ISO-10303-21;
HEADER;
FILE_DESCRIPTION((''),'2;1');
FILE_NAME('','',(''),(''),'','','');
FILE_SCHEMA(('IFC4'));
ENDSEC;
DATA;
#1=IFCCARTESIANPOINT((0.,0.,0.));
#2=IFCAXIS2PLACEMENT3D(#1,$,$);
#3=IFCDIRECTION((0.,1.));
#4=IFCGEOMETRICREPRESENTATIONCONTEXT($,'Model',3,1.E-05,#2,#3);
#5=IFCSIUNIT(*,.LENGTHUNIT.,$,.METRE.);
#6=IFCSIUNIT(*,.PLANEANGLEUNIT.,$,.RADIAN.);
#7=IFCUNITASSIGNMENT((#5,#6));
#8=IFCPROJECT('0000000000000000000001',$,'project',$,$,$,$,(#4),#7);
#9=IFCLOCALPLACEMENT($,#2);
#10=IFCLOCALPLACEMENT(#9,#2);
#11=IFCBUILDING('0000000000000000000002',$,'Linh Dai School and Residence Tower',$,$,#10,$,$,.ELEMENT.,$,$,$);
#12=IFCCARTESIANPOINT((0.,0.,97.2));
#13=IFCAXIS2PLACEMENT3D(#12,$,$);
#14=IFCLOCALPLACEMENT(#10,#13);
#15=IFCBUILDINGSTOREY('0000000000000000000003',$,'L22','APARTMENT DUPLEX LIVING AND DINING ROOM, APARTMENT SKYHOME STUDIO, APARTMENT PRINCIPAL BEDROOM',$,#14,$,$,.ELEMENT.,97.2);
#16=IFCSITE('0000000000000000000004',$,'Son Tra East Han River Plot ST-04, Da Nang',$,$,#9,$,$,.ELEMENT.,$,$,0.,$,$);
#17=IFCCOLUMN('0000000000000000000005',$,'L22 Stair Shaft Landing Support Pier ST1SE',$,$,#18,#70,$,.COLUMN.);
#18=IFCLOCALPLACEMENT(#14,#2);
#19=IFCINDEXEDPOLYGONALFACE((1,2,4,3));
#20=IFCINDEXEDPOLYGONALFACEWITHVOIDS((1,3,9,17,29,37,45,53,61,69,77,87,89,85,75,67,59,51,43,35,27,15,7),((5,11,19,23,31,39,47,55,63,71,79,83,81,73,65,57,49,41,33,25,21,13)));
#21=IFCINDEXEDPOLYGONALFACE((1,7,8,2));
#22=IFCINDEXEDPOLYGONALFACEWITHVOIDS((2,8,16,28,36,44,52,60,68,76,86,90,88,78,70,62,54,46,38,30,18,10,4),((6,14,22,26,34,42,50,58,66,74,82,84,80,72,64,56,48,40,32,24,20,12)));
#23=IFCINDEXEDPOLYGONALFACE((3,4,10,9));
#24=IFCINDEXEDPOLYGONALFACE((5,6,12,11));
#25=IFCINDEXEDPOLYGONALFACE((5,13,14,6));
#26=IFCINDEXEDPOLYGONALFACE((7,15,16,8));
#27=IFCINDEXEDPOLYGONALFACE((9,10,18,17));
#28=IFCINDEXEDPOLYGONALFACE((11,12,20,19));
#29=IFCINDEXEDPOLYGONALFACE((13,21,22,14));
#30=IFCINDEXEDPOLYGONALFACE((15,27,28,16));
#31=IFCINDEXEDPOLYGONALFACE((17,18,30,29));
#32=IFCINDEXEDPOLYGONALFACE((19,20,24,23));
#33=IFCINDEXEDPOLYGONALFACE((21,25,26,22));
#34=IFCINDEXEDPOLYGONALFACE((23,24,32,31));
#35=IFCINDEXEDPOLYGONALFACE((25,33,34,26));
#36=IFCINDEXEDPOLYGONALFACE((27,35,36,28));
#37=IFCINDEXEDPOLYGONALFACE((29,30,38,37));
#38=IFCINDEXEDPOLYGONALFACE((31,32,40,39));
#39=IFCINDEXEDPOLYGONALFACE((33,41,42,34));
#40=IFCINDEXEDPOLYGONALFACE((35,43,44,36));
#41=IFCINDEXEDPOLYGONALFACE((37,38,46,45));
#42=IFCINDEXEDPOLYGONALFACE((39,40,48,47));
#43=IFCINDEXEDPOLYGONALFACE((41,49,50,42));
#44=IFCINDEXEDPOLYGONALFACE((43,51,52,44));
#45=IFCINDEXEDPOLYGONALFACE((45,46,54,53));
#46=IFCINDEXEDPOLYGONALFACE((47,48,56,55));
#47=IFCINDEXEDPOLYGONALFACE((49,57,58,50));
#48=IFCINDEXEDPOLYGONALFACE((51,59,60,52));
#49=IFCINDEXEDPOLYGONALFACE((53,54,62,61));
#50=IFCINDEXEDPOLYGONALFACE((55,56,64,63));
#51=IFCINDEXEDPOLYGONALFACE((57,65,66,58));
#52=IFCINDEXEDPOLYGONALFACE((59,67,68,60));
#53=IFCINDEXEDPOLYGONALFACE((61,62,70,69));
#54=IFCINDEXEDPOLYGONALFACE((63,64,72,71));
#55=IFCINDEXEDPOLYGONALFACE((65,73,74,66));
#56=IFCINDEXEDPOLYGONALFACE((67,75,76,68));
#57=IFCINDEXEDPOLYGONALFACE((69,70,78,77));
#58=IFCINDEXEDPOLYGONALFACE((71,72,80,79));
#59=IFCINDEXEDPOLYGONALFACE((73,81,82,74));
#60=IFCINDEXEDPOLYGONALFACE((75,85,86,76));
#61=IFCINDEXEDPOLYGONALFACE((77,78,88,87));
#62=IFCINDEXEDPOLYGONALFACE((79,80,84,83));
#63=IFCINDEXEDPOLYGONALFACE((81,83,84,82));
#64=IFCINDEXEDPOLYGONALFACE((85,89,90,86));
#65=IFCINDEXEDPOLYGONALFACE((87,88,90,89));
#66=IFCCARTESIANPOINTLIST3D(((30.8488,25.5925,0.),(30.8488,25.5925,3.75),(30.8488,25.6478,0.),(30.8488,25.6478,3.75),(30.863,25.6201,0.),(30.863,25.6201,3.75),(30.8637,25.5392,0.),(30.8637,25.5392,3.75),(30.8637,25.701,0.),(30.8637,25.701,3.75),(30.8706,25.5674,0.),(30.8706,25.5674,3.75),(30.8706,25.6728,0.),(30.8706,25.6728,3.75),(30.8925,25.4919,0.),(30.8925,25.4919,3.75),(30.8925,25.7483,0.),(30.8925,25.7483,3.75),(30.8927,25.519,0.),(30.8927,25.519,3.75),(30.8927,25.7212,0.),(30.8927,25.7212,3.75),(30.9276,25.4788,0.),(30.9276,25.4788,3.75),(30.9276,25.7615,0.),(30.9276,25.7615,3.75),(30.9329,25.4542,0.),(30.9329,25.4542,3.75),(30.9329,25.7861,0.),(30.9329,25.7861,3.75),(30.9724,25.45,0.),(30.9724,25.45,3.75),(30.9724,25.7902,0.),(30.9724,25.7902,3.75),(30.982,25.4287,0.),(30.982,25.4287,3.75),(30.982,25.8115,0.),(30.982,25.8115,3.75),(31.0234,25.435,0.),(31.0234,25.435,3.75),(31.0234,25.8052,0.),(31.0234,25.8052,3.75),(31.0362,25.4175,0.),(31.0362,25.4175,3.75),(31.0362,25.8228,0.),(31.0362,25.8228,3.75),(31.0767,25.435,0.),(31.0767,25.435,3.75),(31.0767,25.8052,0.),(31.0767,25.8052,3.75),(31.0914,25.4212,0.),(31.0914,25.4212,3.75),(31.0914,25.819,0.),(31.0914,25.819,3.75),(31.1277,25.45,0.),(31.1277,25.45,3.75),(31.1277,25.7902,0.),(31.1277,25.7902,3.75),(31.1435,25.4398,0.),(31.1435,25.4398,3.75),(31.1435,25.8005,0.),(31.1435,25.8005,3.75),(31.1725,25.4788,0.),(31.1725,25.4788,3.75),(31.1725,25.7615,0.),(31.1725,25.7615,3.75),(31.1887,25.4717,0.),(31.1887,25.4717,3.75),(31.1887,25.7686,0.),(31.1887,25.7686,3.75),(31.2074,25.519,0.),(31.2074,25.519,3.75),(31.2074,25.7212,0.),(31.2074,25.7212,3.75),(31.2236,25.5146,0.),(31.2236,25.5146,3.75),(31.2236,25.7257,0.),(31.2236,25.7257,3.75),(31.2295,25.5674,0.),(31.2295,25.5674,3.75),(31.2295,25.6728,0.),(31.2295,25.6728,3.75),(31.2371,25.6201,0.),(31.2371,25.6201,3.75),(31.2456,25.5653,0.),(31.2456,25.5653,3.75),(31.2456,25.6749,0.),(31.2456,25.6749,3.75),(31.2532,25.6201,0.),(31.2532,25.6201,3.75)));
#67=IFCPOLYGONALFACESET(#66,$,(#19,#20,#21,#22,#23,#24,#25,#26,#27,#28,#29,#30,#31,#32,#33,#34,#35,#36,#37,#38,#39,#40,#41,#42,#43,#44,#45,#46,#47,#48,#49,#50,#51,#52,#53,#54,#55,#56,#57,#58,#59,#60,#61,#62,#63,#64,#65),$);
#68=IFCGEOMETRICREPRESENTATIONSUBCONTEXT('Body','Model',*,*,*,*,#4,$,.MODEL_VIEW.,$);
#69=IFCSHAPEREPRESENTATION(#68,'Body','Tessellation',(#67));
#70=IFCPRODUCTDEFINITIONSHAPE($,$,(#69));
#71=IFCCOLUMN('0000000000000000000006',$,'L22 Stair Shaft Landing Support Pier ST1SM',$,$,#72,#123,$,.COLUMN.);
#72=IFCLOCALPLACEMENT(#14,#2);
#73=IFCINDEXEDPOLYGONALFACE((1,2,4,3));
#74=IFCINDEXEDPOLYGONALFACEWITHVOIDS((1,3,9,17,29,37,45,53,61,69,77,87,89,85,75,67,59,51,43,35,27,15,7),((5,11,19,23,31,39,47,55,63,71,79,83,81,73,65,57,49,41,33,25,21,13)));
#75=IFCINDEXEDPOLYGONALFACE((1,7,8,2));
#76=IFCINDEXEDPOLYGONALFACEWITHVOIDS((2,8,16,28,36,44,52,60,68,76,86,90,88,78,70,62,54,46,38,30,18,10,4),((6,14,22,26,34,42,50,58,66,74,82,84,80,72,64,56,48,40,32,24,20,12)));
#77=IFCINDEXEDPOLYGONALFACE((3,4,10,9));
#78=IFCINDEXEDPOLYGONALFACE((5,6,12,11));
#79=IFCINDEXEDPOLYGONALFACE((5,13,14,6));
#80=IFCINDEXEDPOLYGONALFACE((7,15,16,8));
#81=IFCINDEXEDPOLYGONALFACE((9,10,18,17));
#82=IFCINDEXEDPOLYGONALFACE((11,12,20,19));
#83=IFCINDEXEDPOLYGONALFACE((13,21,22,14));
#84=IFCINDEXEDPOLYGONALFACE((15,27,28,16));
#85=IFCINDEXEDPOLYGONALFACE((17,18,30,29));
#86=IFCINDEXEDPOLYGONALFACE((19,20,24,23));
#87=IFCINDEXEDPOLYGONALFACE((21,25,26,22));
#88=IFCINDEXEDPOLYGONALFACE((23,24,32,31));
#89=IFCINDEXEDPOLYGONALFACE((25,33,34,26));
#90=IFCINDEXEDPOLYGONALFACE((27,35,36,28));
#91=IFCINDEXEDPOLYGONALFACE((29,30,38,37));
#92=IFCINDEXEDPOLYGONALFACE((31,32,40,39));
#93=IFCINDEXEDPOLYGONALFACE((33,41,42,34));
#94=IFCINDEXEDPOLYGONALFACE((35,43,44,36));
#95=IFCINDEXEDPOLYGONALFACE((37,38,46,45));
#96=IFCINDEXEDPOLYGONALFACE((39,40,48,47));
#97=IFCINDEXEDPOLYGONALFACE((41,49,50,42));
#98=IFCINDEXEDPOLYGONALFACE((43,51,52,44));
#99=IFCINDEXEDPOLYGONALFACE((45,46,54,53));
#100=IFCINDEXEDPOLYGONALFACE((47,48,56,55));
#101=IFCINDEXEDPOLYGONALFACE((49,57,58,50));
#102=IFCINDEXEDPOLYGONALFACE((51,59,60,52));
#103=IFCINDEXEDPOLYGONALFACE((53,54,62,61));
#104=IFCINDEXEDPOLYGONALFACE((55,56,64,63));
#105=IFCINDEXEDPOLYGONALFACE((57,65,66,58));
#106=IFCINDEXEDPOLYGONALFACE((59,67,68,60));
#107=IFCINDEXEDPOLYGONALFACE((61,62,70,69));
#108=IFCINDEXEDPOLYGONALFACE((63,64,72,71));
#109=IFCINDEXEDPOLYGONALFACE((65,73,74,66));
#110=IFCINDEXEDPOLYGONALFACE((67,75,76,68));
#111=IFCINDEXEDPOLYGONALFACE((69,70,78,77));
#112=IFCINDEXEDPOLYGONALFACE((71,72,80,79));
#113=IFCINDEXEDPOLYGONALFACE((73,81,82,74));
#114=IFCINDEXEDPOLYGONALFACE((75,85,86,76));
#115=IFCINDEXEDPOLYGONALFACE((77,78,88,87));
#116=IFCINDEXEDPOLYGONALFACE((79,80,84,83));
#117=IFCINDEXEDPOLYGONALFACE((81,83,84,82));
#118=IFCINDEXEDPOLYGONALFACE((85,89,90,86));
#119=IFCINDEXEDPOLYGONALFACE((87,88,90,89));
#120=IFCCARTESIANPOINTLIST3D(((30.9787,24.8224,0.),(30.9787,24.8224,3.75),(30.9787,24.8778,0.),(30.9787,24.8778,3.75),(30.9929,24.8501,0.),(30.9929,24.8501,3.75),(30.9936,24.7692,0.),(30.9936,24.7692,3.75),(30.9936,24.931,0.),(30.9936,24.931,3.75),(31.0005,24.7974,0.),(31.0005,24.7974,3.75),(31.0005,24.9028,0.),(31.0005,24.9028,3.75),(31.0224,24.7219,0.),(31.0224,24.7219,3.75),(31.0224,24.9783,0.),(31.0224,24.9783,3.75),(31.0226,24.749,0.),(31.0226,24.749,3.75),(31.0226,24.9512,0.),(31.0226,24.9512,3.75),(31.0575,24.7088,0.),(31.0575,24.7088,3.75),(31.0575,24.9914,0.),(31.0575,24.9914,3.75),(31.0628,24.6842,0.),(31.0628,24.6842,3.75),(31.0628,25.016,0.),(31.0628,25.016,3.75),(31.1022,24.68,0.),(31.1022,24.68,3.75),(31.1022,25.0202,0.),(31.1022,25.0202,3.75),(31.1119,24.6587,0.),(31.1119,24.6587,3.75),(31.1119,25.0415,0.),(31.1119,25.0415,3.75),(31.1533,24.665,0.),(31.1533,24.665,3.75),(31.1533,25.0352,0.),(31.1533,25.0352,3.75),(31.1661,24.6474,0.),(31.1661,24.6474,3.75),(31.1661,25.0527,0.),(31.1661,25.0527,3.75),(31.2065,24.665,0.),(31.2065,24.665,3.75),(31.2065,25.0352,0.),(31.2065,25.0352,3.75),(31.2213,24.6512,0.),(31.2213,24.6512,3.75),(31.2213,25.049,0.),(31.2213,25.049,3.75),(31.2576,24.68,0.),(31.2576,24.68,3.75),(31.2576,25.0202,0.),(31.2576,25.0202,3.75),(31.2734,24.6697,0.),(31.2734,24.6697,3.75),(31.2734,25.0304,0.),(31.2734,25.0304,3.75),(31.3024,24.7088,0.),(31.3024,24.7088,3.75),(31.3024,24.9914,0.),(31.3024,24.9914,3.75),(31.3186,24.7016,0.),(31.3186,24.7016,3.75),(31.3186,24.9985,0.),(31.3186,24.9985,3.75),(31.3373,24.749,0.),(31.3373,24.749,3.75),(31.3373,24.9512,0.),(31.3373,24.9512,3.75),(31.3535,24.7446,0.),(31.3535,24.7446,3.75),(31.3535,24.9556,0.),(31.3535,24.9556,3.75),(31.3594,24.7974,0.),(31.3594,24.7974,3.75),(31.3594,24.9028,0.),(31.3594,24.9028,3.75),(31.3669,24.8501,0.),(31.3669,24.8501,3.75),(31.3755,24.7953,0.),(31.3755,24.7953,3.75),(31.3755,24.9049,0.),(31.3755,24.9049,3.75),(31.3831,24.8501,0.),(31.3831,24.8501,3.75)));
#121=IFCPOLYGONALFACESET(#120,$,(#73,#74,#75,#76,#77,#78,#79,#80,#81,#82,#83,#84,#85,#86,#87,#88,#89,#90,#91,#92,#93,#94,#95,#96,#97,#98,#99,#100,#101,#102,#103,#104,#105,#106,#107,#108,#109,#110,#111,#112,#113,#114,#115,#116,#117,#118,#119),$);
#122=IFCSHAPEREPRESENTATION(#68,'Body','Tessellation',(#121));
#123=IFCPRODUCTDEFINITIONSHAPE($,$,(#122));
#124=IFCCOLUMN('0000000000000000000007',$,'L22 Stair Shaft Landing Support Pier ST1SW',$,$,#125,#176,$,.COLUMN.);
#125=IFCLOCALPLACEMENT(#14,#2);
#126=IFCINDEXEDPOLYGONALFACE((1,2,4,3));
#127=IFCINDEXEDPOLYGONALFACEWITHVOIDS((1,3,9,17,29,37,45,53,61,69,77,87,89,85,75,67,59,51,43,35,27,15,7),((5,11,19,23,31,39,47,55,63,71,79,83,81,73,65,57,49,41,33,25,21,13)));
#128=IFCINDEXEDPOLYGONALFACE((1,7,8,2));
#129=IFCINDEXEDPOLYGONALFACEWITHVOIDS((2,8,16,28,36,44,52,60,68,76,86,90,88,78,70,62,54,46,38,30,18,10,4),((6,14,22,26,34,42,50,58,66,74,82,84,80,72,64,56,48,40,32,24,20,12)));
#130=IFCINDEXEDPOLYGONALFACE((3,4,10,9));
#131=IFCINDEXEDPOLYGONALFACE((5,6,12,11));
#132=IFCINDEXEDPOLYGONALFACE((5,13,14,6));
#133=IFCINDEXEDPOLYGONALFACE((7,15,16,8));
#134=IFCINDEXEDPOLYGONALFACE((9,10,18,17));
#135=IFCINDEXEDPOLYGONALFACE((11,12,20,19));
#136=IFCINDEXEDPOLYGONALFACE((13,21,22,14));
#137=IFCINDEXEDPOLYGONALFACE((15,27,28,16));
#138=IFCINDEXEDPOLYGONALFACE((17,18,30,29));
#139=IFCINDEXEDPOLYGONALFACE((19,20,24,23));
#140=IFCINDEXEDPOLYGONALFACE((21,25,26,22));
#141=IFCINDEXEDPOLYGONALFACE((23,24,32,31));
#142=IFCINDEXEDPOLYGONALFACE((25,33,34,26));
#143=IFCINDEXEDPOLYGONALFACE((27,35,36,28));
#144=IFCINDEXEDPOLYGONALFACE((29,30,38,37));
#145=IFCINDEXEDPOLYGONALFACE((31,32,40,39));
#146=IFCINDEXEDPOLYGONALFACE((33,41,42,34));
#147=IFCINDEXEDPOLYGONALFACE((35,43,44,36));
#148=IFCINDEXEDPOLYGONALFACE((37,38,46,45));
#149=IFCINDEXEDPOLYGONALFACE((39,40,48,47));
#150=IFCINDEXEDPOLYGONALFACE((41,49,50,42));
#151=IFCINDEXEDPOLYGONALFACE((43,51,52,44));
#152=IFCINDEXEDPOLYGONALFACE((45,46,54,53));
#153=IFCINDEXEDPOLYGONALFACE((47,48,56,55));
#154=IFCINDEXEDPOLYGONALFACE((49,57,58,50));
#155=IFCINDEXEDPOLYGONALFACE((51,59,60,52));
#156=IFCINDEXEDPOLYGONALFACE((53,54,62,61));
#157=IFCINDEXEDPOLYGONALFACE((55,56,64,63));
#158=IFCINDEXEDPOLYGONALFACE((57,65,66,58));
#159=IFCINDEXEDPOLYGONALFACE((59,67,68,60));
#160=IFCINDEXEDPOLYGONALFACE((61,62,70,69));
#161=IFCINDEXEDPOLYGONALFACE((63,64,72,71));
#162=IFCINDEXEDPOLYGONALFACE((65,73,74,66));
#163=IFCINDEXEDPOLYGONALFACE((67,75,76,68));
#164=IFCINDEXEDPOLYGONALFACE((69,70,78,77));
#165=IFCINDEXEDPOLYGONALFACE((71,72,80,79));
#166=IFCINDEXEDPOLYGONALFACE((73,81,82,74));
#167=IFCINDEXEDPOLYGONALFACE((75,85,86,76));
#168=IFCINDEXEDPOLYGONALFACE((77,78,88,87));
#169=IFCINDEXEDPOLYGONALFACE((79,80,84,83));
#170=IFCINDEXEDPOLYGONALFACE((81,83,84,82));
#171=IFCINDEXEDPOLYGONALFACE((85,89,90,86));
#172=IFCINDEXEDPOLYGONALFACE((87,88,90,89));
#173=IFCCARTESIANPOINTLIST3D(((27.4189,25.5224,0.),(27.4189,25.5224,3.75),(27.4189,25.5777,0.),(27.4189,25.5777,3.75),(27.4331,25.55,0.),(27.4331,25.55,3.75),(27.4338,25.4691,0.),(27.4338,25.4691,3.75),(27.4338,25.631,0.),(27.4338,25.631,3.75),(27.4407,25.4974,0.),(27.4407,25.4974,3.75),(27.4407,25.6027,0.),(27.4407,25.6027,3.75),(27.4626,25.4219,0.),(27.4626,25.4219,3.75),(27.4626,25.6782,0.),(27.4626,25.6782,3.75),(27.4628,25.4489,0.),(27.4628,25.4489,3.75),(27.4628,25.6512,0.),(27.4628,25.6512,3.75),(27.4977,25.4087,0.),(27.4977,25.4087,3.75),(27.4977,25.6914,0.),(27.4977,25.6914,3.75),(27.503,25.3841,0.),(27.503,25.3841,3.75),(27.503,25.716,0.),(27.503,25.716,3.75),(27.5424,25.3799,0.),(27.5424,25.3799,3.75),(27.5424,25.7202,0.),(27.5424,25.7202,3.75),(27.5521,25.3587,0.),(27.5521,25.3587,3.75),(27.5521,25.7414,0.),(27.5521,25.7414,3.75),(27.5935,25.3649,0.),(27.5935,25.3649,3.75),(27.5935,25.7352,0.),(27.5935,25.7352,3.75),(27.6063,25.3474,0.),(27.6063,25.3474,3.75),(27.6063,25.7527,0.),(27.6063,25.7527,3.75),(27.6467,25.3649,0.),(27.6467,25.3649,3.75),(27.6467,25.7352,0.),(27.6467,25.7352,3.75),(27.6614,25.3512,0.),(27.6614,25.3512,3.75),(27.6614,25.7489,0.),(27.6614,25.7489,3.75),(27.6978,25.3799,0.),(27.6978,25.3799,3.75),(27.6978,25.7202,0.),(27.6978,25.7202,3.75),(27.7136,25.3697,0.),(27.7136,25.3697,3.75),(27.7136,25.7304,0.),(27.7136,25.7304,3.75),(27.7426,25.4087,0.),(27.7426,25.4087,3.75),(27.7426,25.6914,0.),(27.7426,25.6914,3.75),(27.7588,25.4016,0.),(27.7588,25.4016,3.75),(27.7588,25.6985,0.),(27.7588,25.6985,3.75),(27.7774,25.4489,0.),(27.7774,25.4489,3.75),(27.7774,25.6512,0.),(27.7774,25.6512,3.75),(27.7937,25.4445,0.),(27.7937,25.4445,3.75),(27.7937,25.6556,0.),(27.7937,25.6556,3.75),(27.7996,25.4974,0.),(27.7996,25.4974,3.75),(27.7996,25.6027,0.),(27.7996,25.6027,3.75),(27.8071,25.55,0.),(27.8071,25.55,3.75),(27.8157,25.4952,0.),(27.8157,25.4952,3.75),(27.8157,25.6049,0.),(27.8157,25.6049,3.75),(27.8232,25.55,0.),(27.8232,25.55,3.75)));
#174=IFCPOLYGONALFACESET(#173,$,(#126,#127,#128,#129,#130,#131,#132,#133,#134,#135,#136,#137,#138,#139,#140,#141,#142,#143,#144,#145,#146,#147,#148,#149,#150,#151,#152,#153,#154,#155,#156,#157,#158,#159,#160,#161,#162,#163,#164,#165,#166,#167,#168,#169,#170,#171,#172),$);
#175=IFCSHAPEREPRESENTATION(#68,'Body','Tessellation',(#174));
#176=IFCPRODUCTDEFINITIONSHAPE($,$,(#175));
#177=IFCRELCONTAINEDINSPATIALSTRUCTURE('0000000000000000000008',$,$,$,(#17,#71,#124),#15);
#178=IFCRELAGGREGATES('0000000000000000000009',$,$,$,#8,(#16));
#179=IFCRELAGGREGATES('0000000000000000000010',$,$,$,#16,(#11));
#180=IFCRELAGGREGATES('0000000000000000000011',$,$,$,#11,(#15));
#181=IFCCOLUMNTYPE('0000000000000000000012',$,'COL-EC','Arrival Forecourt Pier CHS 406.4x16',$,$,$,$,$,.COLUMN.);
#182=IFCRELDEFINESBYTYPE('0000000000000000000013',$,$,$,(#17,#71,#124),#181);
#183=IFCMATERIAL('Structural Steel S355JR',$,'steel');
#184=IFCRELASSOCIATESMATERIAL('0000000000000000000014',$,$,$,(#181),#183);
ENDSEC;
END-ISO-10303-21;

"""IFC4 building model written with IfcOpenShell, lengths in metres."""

from ifc_helpers import new_model, si_unit, direction, frame, origin, origin_2d, place, context, subcontext, project, spatial, hollow_circle, extrude, material, material_profile, profile_set, type_object, element, save


model = new_model("IFC4")

# Units and contexts
model_context = context("Model", 3, precision=1e-05, world=origin(), true_north=direction((0.0, 1.0)))
body_context = subcontext(model_context, "Body", "Model", "MODEL_VIEW")
ifc_project = project(units=[si_unit("LENGTHUNIT", "METRE"), si_unit("PLANEANGLEUNIT", "RADIAN")], contexts=[model_context])

# Site, building, storey
site_placement = place(None, origin())
site = spatial("IfcSite", under=ifc_project, at=site_placement, Name="Son Tra East Han River Plot ST-04, Da Nang", CompositionType="ELEMENT", RefElevation=0.0)
building_placement = place(site_placement, origin())
building = spatial("IfcBuilding", under=site, at=building_placement, Name="Linh Dai School and Residence Tower", CompositionType="ELEMENT")
storey_placement = place(building_placement, frame((0.0, 0.0, 97.2)))
storey = spatial("IfcBuildingStorey", under=building, at=storey_placement, Name="L22", Description="APARTMENT DUPLEX LIVING AND DINING ROOM, APARTMENT SKYHOME STUDIO, APARTMENT PRINCIPAL BEDROOM", CompositionType="ELEMENT", Elevation=97.2)

# Columns
ifc_material_1 = material(Name="Structural Steel S355JR", Category="steel")
ifc_material_profile_1 = material_profile(ifc_material_1, hollow_circle(Radius=0.2031, WallThickness=0.0161, at=origin_2d()), Name="CHS 406.4x16")
ifc_profile_set_1 = profile_set([ifc_material_profile_1], Name="Structural Steel S355JR")
column_type = type_object("IfcColumnType", Name="COL-EC", Description="Arrival Forecourt Pier CHS 406.4x16", PredefinedType="COLUMN", material=ifc_profile_set_1)
for number, where, z_axis, x_axis, name in (
    (1, (31.05, 25.6201, 0.0), (0.0, 0.0, 1.0), (1.0, 0.0, 0.0), "L22 Stair Shaft Landing Support Pier ST1SE"),
    (2, (31.1799, 24.8501, 0.0), (0.0, 0.0, 1.0), (1.0, 0.0, 0.0), "L22 Stair Shaft Landing Support Pier ST1SM"),
    (3, (27.6201, 25.55, 0.0), (0.0, 0.0, 1.0), (1.0, 0.0, 0.0), "L22 Stair Shaft Landing Support Pier ST1SW"),
):
    element("IfcColumn", number, at=place(storey_placement, frame(where, z_axis=z_axis, x_axis=x_axis)), inside=storey, type_object=column_type, Name=name, PredefinedType="COLUMN", context=body_context, shape_type="SweptSolid", body=[
        extrude(hollow_circle(Radius=0.2031, WallThickness=0.0161, at=origin_2d()), origin(), (0.0, 0.0, 1.0), 3.75),
    ])

save(model, "model.ifc")
